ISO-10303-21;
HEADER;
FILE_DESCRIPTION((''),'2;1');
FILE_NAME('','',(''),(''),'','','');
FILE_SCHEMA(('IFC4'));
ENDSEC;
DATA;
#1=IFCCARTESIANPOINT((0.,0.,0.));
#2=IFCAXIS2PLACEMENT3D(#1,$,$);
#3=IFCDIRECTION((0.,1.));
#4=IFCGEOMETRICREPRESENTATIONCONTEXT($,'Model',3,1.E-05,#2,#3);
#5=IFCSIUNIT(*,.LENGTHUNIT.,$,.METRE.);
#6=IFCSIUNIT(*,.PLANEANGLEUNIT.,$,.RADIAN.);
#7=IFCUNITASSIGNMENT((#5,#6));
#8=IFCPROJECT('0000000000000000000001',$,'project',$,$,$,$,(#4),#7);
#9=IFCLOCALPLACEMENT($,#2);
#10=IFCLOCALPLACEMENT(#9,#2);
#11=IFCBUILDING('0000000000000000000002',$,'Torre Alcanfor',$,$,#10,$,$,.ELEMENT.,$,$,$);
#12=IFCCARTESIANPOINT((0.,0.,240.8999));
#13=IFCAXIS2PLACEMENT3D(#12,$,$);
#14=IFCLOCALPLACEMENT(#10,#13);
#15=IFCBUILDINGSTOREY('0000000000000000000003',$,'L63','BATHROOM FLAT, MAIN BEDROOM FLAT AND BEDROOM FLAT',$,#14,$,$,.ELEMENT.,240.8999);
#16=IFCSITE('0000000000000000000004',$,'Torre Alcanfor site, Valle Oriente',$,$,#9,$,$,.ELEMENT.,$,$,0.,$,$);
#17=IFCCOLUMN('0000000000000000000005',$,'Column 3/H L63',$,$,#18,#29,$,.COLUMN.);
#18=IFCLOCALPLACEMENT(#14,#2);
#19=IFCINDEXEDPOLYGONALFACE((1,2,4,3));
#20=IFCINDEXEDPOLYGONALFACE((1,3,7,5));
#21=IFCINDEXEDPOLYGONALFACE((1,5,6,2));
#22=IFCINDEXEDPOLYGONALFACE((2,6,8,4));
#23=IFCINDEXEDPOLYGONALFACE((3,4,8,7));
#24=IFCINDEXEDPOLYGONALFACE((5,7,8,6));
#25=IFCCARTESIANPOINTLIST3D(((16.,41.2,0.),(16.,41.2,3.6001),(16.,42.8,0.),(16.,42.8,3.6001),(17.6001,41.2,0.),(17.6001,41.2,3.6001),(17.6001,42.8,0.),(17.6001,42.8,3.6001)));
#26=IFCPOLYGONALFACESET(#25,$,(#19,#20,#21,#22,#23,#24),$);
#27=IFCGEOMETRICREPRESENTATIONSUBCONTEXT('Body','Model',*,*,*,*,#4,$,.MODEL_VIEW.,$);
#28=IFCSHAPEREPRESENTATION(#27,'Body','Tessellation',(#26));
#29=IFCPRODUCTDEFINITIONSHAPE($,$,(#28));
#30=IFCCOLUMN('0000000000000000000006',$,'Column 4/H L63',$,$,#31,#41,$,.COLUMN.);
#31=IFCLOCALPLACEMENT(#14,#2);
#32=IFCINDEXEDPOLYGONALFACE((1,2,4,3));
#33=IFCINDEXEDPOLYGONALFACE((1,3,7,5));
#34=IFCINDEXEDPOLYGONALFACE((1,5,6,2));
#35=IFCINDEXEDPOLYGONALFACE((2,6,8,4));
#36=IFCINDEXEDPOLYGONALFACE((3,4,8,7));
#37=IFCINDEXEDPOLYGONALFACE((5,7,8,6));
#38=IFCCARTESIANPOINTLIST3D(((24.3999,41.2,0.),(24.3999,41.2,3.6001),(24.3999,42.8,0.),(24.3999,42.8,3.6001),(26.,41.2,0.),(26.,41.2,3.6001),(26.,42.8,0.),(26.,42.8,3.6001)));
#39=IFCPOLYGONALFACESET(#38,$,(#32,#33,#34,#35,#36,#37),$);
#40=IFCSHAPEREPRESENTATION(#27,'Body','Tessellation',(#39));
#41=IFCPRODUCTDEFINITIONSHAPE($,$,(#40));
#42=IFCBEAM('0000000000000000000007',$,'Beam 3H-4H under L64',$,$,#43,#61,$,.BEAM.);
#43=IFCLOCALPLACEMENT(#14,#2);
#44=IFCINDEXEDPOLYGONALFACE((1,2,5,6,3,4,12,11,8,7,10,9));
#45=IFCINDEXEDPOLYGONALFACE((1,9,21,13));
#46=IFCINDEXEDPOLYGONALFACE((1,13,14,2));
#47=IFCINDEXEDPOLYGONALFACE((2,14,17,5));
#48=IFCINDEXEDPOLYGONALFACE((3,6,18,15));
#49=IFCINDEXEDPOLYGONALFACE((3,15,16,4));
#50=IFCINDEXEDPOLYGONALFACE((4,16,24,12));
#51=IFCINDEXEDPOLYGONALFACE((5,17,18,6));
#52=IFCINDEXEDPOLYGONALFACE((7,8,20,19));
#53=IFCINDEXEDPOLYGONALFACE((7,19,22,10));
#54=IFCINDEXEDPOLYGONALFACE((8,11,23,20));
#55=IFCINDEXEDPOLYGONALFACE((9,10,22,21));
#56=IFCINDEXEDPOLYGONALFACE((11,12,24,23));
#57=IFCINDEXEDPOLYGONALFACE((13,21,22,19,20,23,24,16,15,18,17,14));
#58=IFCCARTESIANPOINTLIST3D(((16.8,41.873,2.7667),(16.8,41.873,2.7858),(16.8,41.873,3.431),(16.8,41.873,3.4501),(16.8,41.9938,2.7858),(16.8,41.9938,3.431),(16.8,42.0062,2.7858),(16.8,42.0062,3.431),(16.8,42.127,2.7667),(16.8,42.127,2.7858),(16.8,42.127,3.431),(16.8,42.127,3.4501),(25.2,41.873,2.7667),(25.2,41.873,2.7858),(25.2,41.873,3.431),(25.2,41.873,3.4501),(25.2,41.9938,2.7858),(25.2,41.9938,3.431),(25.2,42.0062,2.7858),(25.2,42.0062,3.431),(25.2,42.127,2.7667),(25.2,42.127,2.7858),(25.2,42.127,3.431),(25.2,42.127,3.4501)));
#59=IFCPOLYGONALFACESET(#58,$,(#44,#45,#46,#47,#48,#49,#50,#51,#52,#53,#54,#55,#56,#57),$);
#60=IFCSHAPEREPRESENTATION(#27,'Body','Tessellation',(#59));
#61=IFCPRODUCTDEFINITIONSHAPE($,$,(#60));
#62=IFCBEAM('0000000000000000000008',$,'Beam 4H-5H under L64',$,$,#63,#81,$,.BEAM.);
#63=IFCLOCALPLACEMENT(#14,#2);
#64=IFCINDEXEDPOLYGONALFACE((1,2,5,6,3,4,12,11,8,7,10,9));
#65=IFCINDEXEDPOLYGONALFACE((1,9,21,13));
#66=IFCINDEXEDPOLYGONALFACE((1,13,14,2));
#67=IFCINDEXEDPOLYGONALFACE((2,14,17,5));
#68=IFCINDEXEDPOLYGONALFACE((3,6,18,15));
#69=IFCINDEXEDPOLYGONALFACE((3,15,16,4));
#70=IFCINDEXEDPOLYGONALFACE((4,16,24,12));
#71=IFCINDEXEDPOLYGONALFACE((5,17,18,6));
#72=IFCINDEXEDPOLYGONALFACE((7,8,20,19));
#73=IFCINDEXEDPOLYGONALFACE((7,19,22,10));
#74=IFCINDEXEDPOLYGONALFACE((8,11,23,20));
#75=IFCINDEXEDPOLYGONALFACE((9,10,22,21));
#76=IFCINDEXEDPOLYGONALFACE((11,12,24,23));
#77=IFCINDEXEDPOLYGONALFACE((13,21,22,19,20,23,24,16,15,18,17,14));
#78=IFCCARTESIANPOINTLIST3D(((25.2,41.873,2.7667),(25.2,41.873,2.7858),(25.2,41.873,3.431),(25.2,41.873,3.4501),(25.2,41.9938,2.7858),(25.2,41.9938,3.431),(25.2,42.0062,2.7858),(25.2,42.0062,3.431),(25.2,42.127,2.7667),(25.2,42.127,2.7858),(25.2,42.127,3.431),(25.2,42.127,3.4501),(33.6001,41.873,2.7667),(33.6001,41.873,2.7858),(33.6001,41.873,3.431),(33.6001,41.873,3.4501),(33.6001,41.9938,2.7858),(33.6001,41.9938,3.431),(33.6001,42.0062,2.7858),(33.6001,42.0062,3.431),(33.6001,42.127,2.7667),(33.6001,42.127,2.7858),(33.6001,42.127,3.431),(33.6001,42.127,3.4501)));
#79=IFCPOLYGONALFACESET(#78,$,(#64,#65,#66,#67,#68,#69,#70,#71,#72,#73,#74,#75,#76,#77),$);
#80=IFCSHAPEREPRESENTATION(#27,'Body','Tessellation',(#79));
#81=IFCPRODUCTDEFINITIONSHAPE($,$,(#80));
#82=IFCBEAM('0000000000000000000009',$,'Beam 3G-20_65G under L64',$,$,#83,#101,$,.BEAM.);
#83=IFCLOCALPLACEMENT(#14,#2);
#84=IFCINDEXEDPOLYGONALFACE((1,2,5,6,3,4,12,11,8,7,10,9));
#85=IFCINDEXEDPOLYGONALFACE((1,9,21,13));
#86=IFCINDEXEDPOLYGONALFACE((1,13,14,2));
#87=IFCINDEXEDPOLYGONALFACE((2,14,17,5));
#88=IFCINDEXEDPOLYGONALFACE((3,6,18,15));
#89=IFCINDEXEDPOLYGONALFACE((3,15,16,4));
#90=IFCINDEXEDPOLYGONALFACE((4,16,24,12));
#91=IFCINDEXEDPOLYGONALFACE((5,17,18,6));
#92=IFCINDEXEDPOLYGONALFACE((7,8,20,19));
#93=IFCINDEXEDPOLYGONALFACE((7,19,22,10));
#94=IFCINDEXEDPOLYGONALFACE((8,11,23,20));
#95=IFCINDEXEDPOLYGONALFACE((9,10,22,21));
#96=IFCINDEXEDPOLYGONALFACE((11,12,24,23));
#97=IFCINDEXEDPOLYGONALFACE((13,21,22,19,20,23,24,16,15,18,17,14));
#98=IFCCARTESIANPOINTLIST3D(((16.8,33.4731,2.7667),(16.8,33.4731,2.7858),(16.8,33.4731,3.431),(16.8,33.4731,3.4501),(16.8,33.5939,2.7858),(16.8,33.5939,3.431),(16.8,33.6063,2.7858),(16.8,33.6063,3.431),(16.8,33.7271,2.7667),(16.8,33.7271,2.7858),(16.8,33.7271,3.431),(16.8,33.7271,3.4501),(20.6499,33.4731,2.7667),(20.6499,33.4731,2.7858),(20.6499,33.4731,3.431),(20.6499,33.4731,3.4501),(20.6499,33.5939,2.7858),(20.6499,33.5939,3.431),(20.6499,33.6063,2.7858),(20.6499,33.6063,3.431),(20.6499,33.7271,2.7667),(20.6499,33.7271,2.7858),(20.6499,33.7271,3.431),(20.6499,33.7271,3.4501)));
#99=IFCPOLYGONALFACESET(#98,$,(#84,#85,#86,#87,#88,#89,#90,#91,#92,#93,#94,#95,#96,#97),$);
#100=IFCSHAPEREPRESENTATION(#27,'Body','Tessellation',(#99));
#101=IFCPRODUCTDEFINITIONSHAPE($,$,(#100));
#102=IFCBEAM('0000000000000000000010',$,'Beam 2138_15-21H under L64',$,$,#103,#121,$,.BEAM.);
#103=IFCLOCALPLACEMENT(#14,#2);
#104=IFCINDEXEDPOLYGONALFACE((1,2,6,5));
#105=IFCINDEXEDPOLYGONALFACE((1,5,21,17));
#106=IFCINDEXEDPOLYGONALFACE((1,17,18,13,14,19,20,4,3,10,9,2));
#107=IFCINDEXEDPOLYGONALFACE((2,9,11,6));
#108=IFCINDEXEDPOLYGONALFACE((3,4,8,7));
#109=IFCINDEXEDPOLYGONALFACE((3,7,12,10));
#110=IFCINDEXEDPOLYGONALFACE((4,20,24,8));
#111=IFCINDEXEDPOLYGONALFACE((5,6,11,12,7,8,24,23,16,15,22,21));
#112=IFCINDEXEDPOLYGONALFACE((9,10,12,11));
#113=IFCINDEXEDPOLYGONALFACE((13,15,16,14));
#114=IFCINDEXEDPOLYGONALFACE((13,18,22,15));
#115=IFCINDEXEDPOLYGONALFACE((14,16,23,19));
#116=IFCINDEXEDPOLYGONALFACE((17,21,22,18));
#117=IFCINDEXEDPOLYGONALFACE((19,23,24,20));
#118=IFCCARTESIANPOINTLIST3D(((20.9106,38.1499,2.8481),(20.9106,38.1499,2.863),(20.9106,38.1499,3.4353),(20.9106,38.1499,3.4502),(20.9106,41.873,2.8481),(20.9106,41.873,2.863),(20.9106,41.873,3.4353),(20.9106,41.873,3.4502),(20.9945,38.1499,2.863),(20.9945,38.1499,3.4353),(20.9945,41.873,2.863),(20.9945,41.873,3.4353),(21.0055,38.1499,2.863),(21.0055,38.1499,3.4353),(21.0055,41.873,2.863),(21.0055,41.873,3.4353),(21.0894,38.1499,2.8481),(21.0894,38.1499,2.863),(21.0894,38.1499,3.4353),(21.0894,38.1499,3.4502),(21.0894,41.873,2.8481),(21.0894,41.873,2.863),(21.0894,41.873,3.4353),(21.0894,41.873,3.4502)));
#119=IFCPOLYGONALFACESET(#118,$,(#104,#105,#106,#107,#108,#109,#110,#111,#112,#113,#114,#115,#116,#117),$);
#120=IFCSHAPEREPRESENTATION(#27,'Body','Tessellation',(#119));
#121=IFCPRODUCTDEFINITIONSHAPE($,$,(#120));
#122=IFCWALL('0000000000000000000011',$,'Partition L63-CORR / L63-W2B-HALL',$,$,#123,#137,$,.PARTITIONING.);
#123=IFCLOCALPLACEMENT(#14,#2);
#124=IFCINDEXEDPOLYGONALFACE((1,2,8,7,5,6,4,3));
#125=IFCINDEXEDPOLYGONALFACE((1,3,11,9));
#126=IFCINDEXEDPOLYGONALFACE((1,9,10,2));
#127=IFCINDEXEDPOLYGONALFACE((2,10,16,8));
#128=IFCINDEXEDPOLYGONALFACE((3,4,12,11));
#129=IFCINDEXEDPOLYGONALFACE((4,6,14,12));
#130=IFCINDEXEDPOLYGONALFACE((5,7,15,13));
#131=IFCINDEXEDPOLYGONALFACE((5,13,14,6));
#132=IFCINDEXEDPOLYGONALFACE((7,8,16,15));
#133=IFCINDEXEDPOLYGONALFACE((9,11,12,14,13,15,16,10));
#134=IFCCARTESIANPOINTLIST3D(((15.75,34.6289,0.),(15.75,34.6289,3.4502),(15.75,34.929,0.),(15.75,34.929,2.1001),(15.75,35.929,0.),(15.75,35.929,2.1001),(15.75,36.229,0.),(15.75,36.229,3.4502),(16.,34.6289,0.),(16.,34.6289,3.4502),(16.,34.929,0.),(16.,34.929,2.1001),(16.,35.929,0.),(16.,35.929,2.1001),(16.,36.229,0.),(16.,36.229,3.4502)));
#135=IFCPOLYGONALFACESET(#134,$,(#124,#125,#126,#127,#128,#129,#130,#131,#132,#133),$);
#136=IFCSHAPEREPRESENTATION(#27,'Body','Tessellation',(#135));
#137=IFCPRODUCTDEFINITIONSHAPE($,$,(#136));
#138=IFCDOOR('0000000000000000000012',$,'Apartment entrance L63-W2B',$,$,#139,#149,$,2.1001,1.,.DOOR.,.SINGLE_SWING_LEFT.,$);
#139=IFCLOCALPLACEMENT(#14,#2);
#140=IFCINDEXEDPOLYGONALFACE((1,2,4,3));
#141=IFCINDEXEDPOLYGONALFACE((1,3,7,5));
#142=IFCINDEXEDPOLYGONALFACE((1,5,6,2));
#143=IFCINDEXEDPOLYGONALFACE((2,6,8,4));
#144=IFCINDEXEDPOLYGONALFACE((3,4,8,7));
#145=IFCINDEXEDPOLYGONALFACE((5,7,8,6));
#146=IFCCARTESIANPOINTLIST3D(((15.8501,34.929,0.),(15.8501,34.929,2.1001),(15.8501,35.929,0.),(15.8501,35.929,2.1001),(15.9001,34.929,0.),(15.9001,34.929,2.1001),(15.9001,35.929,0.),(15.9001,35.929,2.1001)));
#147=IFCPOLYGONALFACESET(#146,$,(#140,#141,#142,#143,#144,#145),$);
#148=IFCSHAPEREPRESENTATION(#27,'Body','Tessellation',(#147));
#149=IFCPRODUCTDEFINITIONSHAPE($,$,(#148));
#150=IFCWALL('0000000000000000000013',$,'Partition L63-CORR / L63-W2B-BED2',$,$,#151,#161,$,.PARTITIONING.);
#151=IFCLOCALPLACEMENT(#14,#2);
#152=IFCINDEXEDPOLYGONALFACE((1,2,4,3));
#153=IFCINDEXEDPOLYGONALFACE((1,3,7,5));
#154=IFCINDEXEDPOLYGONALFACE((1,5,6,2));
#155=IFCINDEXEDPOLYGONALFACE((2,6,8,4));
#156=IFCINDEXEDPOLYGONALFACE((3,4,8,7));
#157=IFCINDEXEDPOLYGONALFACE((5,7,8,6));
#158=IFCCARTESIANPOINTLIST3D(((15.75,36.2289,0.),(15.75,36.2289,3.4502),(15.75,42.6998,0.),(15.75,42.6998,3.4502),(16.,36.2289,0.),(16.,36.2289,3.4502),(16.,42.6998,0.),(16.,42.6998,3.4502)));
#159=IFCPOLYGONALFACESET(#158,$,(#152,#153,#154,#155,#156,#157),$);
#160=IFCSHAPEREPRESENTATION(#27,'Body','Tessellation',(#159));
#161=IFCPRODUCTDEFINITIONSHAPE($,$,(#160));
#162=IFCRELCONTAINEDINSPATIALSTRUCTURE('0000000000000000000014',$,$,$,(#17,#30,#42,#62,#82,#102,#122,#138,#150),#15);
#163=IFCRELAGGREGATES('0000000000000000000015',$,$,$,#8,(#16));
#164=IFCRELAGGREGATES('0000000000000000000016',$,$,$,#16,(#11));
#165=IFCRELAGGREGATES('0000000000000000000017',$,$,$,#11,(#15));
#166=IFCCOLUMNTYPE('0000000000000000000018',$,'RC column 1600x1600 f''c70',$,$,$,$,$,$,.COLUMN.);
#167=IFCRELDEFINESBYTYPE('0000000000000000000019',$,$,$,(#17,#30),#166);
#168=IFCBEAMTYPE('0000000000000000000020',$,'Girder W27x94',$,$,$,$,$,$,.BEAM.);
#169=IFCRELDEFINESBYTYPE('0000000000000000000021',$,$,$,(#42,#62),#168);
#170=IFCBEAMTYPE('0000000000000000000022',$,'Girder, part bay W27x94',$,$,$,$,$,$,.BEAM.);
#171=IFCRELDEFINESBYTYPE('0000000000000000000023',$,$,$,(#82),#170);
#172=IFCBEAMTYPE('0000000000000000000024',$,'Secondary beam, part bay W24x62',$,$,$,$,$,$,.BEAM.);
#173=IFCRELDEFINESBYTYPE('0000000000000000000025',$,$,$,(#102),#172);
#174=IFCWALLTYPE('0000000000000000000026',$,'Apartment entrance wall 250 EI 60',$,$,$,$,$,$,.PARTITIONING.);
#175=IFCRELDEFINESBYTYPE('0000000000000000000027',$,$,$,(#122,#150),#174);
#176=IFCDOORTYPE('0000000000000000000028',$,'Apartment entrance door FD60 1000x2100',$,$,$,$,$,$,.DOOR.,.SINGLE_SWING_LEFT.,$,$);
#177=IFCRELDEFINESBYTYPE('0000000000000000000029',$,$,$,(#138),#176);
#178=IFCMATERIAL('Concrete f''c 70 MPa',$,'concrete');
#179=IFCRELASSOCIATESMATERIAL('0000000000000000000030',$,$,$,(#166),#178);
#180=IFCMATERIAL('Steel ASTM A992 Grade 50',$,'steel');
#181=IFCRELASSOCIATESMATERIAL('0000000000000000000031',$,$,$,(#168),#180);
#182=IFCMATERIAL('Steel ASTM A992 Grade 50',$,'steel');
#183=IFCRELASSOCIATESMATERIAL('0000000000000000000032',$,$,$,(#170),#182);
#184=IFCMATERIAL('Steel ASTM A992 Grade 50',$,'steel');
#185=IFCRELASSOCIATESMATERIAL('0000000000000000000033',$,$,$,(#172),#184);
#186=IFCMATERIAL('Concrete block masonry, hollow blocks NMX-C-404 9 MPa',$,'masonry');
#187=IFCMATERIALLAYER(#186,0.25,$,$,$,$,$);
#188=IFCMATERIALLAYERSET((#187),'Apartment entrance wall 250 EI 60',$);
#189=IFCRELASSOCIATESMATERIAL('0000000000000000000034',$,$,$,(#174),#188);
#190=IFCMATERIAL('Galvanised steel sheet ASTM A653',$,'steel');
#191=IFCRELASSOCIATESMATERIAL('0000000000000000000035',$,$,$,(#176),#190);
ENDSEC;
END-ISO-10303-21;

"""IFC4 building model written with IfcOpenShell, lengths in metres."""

from ifc_helpers import new_model, si_unit, direction, frame, frame_2d, origin, origin_2d, place, context, subcontext, project, spatial, rectangle, i_section, extrude, material, layer, layer_set, material_profile, profile_set, type_object, element, fill, save


model = new_model("IFC4")

# Units and contexts
model_context = context("Model", 3, precision=1e-05, world=origin(), true_north=direction((0.0, 1.0)))
body_context = subcontext(model_context, "Body", "Model", "MODEL_VIEW")
ifc_project = project(units=[si_unit("LENGTHUNIT", "METRE"), si_unit("PLANEANGLEUNIT", "RADIAN")], contexts=[model_context])

# Site, building, storey
site_placement = place(None, origin())
site = spatial("IfcSite", under=ifc_project, at=site_placement, Name="Torre Alcanfor site, Valle Oriente", CompositionType="ELEMENT", RefElevation=0.0)
building_placement = place(site_placement, origin())
building = spatial("IfcBuilding", under=site, at=building_placement, Name="Torre Alcanfor", CompositionType="ELEMENT")
storey_placement = place(building_placement, frame((0.0, 0.0, 240.8999)))
storey = spatial("IfcBuildingStorey", under=building, at=storey_placement, Name="L63", Description="BATHROOM FLAT, MAIN BEDROOM FLAT AND BEDROOM FLAT", CompositionType="ELEMENT", Elevation=240.8999)

# Columns
ifc_material_1 = material(Name="Concrete f'c 70 MPa", Category="concrete")
ifc_material_profile_1 = material_profile(ifc_material_1, rectangle(XDim=1.6001, YDim=1.6001, at=origin_2d()), Name="1600x1600")
ifc_profile_set_1 = profile_set([ifc_material_profile_1], Name="Concrete f'c 70 MPa")
column_type = type_object("IfcColumnType", Name="RC column 1600x1600 f'c70", PredefinedType="COLUMN", material=ifc_profile_set_1)
for number, where, z_axis, x_axis, name in (
    (1, (16.8, 42.0, 0.0), (0.0, 0.0, 1.0), (1.0, 0.0, 0.0), "Column 3/H L63"),
    (2, (25.2, 42.0, 0.0), (0.0, 0.0, 1.0), (1.0, 0.0, 0.0), "Column 4/H L63"),
):
    element("IfcColumn", number, at=place(storey_placement, frame(where, z_axis=z_axis, x_axis=x_axis)), inside=storey, type_object=column_type, Name=name, PredefinedType="COLUMN", context=body_context, shape_type="SweptSolid", body=[
        extrude(rectangle(XDim=1.6001, YDim=1.6001, at=origin_2d()), origin(), (0.0, 0.0, 1.0), 3.6001),
    ])

# Beams
ifc_material_2 = material(Name="Steel ASTM A992 Grade 50", Category="steel")
ifc_material_profile_2 = material_profile(ifc_material_2, i_section(OverallWidth=0.2539, OverallDepth=0.6833, WebThickness=0.0125, FlangeThickness=0.019, at=origin_2d()), Name="W27x94")
ifc_profile_set_2 = profile_set([ifc_material_profile_2], Name="Steel ASTM A992 Grade 50")
beam_type_1 = type_object("IfcBeamType", Name="Girder W27x94", PredefinedType="BEAM", material=ifc_profile_set_2)
beam_1_placement = place(storey_placement, frame((16.8, 42.0, 3.1084), z_axis=(1.0, 0.0, 0.0), x_axis=(0.0, 1.0, 0.0)))
element("IfcBeam", 3, at=beam_1_placement, inside=storey, type_object=beam_type_1, Name="Beam 3H-4H under L64", PredefinedType="BEAM", context=body_context, shape_type="SweptSolid", body=[
    extrude(i_section(OverallWidth=0.2539, OverallDepth=0.6833, WebThickness=0.0125, FlangeThickness=0.019, at=origin_2d()), origin(), (0.0, 0.0, 1.0), 8.3999),
])
beam_2_placement = place(storey_placement, frame((25.2, 42.0, 3.1084), z_axis=(1.0, 0.0, 0.0), x_axis=(0.0, 1.0, 0.0)))
element("IfcBeam", 4, at=beam_2_placement, inside=storey, type_object=beam_type_1, Name="Beam 4H-5H under L64", PredefinedType="BEAM", context=body_context, shape_type="SweptSolid", body=[
    extrude(i_section(OverallWidth=0.2539, OverallDepth=0.6833, WebThickness=0.0125, FlangeThickness=0.019, at=origin_2d()), origin(), (0.0, 0.0, 1.0), 8.4001),
])
ifc_material_3 = material(Name="Steel ASTM A992 Grade 50", Category="steel")
ifc_material_profile_3 = material_profile(ifc_material_3, i_section(OverallWidth=0.2539, OverallDepth=0.6833, WebThickness=0.0125, FlangeThickness=0.019, at=origin_2d()), Name="W27x94")
ifc_profile_set_3 = profile_set([ifc_material_profile_3], Name="Steel ASTM A992 Grade 50")
beam_type_2 = type_object("IfcBeamType", Name="Girder, part bay W27x94", PredefinedType="BEAM", material=ifc_profile_set_3)
beam_3_placement = place(storey_placement, frame((16.8, 33.6001, 3.1084), z_axis=(1.0, 0.0, 0.0), x_axis=(0.0, 1.0, 0.0)))
element("IfcBeam", 5, at=beam_3_placement, inside=storey, type_object=beam_type_2, Name="Beam 3G-20_65G under L64", PredefinedType="BEAM", context=body_context, shape_type="SweptSolid", body=[
    extrude(i_section(OverallWidth=0.2539, OverallDepth=0.6833, WebThickness=0.0125, FlangeThickness=0.019, at=origin_2d()), origin(), (0.0, 0.0, 1.0), 3.8499),
])
ifc_material_4 = material(Name="Steel ASTM A992 Grade 50", Category="steel")
ifc_material_profile_4 = material_profile(ifc_material_4, i_section(OverallWidth=0.1787, OverallDepth=0.6021, WebThickness=0.011, FlangeThickness=0.0149, at=origin_2d()), Name="W24x62")
ifc_profile_set_4 = profile_set([ifc_material_profile_4], Name="Steel ASTM A992 Grade 50")
beam_type_3 = type_object("IfcBeamType", Name="Secondary beam, part bay W24x62", PredefinedType="BEAM", material=ifc_profile_set_4)
beam_4_placement = place(storey_placement, frame((21.0, 38.1499, 3.1492), z_axis=(0.0, 1.0, 0.0), x_axis=(-1.0, 0.0, 0.0)))
element("IfcBeam", 6, at=beam_4_placement, inside=storey, type_object=beam_type_3, Name="Beam 2138_15-21H under L64", PredefinedType="BEAM", context=body_context, shape_type="SweptSolid", body=[
    extrude(i_section(OverallWidth=0.1787, OverallDepth=0.6021, WebThickness=0.011, FlangeThickness=0.0149, at=origin_2d()), origin(), (0.0, 0.0, 1.0), 3.7231),
])

# Wall, opening, door
ifc_material_5 = material(Name="Concrete block masonry, hollow blocks NMX-C-404 9 MPa", Category="masonry")
ifc_layer_1 = layer(ifc_material_5, 0.25)
ifc_layer_set_1 = layer_set([ifc_layer_1], Name="Apartment entrance wall 250 EI 60")
wall_type_1 = type_object("IfcWallType", Name="Apartment entrance wall 250 EI 60", PredefinedType="PARTITIONING", material=ifc_layer_set_1)
wall_1_placement = place(storey_placement, frame((15.875, 34.6289, 0.0), z_axis=(0.0, 0.0, 1.0), x_axis=(0.0, 1.0, 0.0)))
wall_1 = element("IfcWall", 7, at=wall_1_placement, inside=storey, type_object=wall_type_1, Name="Partition L63-CORR / L63-W2B-HALL", PredefinedType="PARTITIONING", context=body_context, shape_type="SweptSolid", body=[
    extrude(rectangle(XDim=1.6001, YDim=0.25, at=frame_2d((0.8, 0.0))), origin(), (0.0, 0.0, 1.0), 3.4502),
])
opening_1_placement = place(wall_1_placement, frame((0.3, 0.0, 0.0)))
opening_1 = element("IfcOpeningElement", 8, at=opening_1_placement, cuts=wall_1, PredefinedType="OPENING", context=body_context, shape_type="SweptSolid", body=[
    extrude(rectangle(XDim=1.0, YDim=2.1001, at=frame_2d((0.5, 1.05))), frame((0.0, 0.135, 0.0), z_axis=(0.0, -1.0, 0.0), x_axis=(1.0, 0.0, 0.0)), (0.0, 0.0, 1.0), 0.27),
])
ifc_material_6 = material(Name="Galvanised steel sheet ASTM A653", Category="steel")
door_type_1 = type_object("IfcDoorType", Name="Apartment entrance door FD60 1000x2100", OperationType="SINGLE_SWING_LEFT", PredefinedType="DOOR", material=ifc_material_6)
door_1_placement = place(opening_1_placement, origin())
door_1 = element("IfcDoor", 9, at=door_1_placement, inside=storey, type_object=door_type_1, Name="Apartment entrance L63-W2B", OperationType="SINGLE_SWING_LEFT", OverallHeight=2.1001, OverallWidth=1.0, PredefinedType="DOOR", context=body_context, shape_type="SweptSolid", body=[
    extrude(rectangle(XDim=1.0, YDim=2.1001, at=frame_2d((0.5, 1.05))), frame((0.0, 0.0249, 0.0), z_axis=(0.0, -1.0, 0.0), x_axis=(1.0, 0.0, 0.0)), (0.0, 0.0, 1.0), 0.05),
])
fill(opening_1, door_1)

# Wall
wall_2_placement = place(storey_placement, frame((15.875, 36.229, 0.0), z_axis=(0.0, 0.0, 1.0), x_axis=(0.0, 1.0, 0.0)))
element("IfcWall", 10, at=wall_2_placement, inside=storey, type_object=wall_type_1, Name="Partition L63-CORR / L63-W2B-BED2", PredefinedType="PARTITIONING", context=body_context, shape_type="SweptSolid", body=[
    extrude(rectangle(XDim=6.4709, YDim=0.25, at=frame_2d((3.2354, 0.0))), origin(), (0.0, 0.0, 1.0), 3.4502),
])

save(model, "model.ifc")
